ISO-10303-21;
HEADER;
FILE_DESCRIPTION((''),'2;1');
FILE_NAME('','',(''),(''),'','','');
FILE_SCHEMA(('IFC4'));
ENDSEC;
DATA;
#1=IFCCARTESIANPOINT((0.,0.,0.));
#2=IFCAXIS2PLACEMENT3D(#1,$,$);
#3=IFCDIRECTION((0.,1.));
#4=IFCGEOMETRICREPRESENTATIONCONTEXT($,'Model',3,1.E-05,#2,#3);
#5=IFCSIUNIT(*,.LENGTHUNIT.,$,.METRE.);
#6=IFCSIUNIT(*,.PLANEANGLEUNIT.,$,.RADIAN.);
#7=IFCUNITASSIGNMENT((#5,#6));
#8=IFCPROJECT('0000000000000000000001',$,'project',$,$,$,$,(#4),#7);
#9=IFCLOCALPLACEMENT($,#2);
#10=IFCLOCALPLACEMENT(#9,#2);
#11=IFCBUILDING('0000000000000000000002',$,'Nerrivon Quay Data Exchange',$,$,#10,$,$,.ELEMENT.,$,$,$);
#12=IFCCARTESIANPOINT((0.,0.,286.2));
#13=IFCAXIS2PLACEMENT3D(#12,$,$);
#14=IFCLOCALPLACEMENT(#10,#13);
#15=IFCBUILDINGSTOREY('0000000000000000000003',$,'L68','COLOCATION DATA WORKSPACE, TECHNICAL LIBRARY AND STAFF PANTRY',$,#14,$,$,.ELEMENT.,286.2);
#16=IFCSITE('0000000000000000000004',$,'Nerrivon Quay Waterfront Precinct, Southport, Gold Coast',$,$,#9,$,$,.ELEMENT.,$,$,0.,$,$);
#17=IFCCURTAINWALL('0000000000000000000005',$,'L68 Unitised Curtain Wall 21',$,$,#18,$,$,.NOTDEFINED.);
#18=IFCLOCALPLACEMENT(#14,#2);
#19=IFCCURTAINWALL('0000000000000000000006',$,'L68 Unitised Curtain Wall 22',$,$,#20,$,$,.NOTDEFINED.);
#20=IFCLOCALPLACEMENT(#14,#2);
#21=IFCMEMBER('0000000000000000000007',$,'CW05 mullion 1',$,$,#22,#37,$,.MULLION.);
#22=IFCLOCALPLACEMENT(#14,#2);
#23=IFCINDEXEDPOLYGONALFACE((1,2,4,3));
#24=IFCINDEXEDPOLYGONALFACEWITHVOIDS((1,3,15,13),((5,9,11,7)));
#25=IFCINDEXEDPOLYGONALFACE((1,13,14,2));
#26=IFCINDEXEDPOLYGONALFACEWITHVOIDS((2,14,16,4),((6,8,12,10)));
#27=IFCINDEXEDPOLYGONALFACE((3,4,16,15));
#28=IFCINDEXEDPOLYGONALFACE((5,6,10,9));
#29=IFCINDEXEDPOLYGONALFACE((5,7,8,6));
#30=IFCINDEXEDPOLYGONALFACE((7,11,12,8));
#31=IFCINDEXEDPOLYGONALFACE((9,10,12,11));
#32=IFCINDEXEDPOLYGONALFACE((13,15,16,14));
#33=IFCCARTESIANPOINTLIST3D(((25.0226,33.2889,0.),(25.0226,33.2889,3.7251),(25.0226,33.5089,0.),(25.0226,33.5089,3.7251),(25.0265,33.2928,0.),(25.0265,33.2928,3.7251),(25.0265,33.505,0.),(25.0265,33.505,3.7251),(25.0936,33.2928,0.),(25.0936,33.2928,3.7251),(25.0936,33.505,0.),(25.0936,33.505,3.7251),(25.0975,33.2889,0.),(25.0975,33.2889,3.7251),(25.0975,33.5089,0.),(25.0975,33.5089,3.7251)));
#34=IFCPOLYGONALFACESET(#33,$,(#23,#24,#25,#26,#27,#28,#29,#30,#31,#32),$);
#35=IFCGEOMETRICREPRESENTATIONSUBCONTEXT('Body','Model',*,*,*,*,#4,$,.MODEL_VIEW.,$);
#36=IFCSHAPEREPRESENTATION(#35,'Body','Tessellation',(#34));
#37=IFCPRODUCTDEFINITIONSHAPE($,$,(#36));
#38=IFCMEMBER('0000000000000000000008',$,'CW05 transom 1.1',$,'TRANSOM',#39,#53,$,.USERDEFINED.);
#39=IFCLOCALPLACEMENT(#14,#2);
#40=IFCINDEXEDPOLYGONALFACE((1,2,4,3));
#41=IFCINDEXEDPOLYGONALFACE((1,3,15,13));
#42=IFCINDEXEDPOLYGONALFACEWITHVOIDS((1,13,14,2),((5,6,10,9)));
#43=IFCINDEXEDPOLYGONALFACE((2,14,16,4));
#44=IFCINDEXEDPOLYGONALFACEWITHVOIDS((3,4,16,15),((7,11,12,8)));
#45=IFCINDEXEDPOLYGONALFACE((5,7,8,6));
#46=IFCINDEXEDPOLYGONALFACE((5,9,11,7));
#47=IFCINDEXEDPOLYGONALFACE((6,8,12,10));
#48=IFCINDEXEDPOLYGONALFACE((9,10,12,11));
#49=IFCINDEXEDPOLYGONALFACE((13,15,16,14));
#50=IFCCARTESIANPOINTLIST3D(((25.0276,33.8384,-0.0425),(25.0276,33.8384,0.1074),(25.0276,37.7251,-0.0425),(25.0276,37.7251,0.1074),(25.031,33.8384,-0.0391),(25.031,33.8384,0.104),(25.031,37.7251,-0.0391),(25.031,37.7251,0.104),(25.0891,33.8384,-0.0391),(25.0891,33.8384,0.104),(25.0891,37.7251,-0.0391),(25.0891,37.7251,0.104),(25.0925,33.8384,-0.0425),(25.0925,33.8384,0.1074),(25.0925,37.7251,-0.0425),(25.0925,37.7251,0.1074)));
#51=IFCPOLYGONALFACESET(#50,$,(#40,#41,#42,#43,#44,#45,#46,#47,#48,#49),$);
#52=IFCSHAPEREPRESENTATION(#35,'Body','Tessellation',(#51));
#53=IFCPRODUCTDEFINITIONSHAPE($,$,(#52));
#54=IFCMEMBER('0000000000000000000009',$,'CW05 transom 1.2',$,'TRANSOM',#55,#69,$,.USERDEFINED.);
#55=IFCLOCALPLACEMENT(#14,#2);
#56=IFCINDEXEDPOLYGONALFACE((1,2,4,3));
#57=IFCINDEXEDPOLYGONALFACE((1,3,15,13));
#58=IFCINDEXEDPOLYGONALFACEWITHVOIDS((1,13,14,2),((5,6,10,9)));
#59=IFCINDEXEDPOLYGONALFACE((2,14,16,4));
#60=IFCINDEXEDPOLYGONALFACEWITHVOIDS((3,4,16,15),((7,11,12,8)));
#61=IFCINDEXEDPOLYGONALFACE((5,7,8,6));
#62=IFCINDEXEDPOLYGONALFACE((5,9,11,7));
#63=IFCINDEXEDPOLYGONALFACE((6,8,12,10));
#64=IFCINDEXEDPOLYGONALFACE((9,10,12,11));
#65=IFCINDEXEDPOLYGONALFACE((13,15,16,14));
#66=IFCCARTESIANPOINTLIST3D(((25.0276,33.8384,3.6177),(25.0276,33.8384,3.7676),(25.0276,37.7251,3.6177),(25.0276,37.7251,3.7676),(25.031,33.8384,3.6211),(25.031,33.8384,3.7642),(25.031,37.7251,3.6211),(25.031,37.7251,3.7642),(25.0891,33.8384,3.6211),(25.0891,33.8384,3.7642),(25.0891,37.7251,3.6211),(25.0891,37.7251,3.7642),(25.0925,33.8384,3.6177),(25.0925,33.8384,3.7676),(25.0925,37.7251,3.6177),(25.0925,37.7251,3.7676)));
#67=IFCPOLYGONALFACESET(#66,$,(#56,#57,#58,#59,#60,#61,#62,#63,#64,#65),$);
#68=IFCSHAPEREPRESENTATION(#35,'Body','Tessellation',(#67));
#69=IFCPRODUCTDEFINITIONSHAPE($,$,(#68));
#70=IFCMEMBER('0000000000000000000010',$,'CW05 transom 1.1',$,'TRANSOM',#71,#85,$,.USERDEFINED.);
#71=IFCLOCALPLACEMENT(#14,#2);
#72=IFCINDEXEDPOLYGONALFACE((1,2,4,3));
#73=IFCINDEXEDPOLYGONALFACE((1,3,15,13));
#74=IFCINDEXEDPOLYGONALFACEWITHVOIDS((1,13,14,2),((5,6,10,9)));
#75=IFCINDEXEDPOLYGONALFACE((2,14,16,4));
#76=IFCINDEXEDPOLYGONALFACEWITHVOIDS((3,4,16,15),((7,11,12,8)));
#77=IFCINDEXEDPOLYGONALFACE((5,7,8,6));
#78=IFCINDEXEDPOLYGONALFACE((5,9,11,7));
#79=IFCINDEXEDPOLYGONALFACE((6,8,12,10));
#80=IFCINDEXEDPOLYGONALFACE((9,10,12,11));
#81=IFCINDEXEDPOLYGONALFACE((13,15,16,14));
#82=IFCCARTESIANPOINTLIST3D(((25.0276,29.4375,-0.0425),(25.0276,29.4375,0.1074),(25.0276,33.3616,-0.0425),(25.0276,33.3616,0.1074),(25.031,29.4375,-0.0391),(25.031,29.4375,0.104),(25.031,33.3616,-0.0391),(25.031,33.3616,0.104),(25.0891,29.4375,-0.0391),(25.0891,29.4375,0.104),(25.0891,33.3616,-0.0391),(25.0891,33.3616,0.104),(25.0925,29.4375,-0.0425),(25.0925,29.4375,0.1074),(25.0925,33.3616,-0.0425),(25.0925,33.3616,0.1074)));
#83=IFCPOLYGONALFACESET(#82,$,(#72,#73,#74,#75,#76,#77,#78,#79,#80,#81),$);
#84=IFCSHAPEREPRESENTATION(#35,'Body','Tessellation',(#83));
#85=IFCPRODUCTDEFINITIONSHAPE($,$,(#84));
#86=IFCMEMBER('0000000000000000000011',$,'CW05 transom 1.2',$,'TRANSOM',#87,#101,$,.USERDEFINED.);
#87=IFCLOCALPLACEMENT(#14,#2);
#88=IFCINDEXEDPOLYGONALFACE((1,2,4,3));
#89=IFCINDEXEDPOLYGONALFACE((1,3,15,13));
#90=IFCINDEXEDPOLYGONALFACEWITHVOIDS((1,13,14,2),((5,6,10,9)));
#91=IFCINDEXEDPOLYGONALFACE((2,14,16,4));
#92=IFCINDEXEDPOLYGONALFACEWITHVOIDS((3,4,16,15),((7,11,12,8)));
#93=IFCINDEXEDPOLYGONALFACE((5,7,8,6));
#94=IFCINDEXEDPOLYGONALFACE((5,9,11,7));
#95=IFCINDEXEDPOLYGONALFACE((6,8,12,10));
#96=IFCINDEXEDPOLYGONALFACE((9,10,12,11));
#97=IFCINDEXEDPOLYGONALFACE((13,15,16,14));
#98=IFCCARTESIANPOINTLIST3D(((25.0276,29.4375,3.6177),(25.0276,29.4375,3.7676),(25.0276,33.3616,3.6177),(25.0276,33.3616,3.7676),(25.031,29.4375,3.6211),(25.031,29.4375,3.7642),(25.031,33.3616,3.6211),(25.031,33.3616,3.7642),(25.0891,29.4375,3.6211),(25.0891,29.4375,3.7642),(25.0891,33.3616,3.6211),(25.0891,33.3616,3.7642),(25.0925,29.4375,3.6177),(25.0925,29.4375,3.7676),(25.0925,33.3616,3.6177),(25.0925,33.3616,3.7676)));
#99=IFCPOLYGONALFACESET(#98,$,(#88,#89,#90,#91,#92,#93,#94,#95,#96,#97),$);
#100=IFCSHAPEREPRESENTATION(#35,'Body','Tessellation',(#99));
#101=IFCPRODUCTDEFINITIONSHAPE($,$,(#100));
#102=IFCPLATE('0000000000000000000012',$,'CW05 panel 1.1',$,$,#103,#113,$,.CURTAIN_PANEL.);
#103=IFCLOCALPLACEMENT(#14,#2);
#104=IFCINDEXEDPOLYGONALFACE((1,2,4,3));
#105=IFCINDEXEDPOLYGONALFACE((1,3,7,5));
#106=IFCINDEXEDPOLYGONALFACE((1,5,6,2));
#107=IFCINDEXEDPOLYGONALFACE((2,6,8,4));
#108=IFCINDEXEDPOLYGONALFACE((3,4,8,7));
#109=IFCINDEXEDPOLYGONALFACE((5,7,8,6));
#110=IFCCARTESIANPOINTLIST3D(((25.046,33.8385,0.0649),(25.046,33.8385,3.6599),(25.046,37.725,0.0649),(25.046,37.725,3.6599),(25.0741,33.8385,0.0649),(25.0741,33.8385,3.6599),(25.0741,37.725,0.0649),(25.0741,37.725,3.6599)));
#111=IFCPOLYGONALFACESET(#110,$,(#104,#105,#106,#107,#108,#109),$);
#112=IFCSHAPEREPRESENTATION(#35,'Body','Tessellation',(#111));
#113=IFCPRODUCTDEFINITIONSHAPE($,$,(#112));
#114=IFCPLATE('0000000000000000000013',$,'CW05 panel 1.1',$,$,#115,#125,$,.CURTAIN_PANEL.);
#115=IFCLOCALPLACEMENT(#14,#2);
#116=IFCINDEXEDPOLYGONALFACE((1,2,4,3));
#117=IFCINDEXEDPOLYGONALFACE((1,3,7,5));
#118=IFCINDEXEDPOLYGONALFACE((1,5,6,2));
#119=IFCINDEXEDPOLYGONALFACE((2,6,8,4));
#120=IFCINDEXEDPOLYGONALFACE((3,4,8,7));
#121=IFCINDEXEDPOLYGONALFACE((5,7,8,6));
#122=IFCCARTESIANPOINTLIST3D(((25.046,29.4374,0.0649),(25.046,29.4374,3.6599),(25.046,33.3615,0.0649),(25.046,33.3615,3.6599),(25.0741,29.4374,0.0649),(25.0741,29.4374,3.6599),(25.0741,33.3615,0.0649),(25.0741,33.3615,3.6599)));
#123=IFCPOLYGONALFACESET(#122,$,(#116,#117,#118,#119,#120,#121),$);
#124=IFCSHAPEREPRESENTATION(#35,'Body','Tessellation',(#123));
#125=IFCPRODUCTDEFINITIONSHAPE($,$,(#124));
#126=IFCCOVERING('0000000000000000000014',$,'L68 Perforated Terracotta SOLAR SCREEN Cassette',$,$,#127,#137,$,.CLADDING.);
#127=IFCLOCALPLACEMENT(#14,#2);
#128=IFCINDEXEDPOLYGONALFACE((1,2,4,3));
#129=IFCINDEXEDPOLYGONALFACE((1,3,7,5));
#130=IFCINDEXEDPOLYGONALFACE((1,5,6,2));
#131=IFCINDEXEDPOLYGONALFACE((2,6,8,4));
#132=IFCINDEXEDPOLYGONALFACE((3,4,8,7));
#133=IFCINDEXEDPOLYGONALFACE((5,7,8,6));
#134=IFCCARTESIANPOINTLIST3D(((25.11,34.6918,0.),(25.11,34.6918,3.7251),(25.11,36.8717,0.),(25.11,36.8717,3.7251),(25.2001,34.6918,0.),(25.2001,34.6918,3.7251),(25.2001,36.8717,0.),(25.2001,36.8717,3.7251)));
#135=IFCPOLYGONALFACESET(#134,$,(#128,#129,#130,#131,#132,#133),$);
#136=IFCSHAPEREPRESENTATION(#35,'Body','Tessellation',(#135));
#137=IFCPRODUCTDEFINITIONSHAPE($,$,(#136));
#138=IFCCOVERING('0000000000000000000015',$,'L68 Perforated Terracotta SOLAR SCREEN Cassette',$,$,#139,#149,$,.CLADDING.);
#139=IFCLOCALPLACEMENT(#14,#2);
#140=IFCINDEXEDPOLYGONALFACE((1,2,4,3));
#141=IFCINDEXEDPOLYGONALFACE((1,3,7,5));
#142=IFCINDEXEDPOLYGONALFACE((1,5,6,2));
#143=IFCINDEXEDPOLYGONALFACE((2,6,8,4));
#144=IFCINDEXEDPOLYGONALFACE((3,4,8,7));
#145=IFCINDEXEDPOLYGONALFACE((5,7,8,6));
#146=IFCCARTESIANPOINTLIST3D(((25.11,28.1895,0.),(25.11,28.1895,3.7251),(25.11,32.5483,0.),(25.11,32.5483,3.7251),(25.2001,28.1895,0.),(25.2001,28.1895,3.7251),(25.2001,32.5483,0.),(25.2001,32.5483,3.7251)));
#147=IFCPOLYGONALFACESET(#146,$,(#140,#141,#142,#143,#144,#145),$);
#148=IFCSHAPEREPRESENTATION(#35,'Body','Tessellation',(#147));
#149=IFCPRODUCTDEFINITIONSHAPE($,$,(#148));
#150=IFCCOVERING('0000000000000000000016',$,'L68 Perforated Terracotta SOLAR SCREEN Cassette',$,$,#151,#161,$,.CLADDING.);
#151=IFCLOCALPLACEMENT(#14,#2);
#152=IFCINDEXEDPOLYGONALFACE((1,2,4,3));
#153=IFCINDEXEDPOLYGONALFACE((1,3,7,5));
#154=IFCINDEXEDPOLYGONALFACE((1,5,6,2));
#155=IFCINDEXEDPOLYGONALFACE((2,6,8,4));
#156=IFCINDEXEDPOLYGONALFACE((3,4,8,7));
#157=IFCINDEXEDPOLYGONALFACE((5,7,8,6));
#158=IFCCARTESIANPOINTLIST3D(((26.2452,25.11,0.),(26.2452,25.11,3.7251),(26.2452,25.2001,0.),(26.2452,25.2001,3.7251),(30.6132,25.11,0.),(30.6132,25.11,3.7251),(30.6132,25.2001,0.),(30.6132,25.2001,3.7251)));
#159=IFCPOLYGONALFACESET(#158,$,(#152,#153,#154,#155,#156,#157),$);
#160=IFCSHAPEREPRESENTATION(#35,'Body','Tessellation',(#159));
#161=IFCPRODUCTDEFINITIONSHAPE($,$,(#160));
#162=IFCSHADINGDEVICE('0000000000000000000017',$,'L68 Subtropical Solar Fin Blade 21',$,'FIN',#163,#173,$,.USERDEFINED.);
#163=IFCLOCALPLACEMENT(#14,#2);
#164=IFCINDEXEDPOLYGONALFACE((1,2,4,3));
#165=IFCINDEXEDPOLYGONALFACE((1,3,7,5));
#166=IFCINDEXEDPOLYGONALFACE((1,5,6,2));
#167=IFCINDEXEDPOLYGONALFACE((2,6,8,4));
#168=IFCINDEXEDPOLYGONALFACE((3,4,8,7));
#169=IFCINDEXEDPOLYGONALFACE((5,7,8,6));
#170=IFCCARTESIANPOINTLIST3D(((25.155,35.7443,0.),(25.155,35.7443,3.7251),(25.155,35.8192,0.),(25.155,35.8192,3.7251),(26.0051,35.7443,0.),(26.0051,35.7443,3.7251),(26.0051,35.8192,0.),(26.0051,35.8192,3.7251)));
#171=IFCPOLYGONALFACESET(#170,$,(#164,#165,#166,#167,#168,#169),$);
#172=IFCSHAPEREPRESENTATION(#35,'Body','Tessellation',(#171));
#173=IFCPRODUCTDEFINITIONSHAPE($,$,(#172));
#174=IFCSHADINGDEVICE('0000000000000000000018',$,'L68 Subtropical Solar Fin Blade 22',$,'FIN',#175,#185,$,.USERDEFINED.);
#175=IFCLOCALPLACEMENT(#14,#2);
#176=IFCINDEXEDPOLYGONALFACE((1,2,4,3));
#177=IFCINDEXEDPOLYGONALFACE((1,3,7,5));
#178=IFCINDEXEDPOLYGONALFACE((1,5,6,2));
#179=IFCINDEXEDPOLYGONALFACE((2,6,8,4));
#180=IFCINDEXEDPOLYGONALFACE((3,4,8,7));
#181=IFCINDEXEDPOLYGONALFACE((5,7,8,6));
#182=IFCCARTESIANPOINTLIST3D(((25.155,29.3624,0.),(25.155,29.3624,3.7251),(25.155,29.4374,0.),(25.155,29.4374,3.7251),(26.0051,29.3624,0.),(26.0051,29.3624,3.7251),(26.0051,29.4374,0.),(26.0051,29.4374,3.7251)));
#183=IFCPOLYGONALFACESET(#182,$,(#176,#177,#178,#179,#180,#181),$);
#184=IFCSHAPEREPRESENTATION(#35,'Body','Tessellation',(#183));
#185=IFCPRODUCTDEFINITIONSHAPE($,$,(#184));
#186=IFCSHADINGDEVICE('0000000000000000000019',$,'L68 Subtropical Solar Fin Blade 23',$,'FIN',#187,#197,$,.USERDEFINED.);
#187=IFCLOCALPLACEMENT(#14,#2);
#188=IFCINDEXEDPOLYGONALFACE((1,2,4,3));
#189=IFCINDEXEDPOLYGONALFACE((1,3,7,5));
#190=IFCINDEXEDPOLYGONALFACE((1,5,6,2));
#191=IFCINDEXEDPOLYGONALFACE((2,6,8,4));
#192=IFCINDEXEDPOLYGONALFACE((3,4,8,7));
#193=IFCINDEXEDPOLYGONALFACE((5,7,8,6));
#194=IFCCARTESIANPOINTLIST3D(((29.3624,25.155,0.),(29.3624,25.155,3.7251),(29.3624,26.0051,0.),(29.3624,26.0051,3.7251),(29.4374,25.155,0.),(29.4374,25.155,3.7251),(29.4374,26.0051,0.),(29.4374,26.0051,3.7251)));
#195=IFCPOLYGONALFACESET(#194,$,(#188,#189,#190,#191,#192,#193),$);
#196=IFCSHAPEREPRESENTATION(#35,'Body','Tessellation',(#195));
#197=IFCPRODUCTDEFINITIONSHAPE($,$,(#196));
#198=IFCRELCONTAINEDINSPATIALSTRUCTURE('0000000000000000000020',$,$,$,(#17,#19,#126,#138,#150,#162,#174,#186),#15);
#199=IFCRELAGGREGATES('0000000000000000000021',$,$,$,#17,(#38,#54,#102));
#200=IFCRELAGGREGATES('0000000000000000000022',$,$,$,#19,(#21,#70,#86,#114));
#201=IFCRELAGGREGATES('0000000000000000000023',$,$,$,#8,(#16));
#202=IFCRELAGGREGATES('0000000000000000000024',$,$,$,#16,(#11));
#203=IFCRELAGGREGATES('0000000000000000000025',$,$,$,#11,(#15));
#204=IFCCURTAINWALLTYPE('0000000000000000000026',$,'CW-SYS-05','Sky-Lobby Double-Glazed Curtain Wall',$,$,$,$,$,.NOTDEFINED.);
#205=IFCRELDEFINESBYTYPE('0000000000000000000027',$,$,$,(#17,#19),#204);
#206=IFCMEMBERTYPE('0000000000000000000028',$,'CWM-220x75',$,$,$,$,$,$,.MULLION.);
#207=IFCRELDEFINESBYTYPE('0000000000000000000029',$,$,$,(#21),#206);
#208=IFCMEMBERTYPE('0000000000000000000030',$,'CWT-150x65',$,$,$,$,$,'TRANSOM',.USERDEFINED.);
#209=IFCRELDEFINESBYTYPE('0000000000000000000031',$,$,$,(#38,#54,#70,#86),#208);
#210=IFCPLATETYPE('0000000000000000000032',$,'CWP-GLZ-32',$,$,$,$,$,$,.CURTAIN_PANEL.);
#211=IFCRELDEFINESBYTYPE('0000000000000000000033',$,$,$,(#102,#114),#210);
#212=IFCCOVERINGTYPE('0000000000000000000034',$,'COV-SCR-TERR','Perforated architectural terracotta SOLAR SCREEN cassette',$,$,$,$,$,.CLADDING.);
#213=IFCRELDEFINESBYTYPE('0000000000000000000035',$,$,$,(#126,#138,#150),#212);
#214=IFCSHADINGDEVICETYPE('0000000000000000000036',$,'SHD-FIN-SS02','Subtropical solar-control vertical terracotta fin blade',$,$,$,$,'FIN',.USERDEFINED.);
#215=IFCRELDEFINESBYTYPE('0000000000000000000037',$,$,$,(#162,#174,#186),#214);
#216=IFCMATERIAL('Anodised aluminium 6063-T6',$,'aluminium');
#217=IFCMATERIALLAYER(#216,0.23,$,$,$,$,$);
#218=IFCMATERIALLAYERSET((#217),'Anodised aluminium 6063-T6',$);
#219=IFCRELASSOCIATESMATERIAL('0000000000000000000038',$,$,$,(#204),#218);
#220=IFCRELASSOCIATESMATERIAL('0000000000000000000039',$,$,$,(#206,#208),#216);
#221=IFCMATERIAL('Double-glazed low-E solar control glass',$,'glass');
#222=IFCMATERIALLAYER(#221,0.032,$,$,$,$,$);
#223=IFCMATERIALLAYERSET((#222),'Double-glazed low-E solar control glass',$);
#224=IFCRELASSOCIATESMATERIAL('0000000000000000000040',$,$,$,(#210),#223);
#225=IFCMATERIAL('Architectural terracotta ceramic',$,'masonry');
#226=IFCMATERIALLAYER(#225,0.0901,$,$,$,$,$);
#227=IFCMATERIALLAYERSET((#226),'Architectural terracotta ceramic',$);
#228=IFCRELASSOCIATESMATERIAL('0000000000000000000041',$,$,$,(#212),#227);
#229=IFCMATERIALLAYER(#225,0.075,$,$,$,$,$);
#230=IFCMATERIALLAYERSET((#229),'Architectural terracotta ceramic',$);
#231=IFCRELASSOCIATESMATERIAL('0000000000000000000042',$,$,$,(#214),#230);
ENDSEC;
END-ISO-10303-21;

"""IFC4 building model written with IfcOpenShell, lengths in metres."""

from ifc_helpers import new_model, si_unit, direction, frame, origin, origin_2d, place, context, subcontext, project, spatial, rectangle, hollow_rectangle, extrude, material, layer, layer_set, material_profile, profile_set, type_object, element, aggregate, save


model = new_model("IFC4")

# Units and contexts
model_context = context("Model", 3, precision=1e-05, world=origin(), true_north=direction((0.0, 1.0)))
body_context = subcontext(model_context, "Body", "Model", "MODEL_VIEW")
ifc_project = project(units=[si_unit("LENGTHUNIT", "METRE"), si_unit("PLANEANGLEUNIT", "RADIAN")], contexts=[model_context])

# Site, building, storey
site_placement = place(None, origin())
site = spatial("IfcSite", under=ifc_project, at=site_placement, Name="Nerrivon Quay Waterfront Precinct, Southport, Gold Coast", CompositionType="ELEMENT", RefElevation=0.0)
building_placement = place(site_placement, origin())
building = spatial("IfcBuilding", under=site, at=building_placement, Name="Nerrivon Quay Data Exchange", CompositionType="ELEMENT")
storey_placement = place(building_placement, frame((0.0, 0.0, 286.2)))
storey = spatial("IfcBuildingStorey", under=building, at=storey_placement, Name="L68", Description="COLOCATION DATA WORKSPACE, TECHNICAL LIBRARY AND STAFF PANTRY", CompositionType="ELEMENT", Elevation=286.2)

# Shared definitions
ifc_material_1 = material(Name="Anodised aluminium 6063-T6", Category="aluminium")
ifc_layer_1 = layer(ifc_material_1, 0.23)
ifc_layer_set_1 = layer_set([ifc_layer_1], Name="Anodised aluminium 6063-T6")
curtain_wall_type = type_object("IfcCurtainWallType", Name="CW-SYS-05", Description="Sky-Lobby Double-Glazed Curtain Wall", PredefinedType="NOTDEFINED", material=ifc_layer_set_1)
ifc_material_profile_1 = material_profile(ifc_material_1, hollow_rectangle(XDim=0.075, YDim=0.22, WallThickness=0.0039, at=origin_2d()), Name="ALU-MULL-220x75")
ifc_profile_set_1 = profile_set([ifc_material_profile_1], Name="Anodised aluminium 6063-T6")
member_type_1 = type_object("IfcMemberType", Name="CWM-220x75", PredefinedType="MULLION", material=ifc_profile_set_1)

# Curtain wall
curtain_wall_1_placement = place(storey_placement, origin())
curtain_wall_1 = element("IfcCurtainWall", 1, at=curtain_wall_1_placement, inside=storey, type_object=curtain_wall_type, Name="L68 Unitised Curtain Wall 21", PredefinedType="NOTDEFINED")

# Curtain wall, member
curtain_wall_2_placement = place(storey_placement, origin())
curtain_wall_2 = element("IfcCurtainWall", 2, at=curtain_wall_2_placement, inside=storey, type_object=curtain_wall_type, Name="L68 Unitised Curtain Wall 22", PredefinedType="NOTDEFINED")
member_1_placement = place(storey_placement, frame((25.0601, 33.3989, 0.0), z_axis=(0.0, 0.0, 1.0), x_axis=(1.0, 0.0, 0.0)))
member_1 = element("IfcMember", 3, at=member_1_placement, type_object=member_type_1, Name="CW05 mullion 1", PredefinedType="MULLION", context=body_context, shape_type="SweptSolid", body=[
    extrude(hollow_rectangle(XDim=0.075, YDim=0.22, WallThickness=0.0039, at=origin_2d()), origin(), (0.0, 0.0, 1.0), 3.7251),
])

# Members
ifc_material_profile_2 = material_profile(ifc_material_1, hollow_rectangle(XDim=0.0649, YDim=0.1499, WallThickness=0.0034, at=origin_2d()), Name="ALU-TRAN-150x65")
ifc_profile_set_2 = profile_set([ifc_material_profile_2], Name="Anodised aluminium 6063-T6")
member_type_2 = type_object("IfcMemberType", Name="CWT-150x65", ElementType="TRANSOM", PredefinedType="USERDEFINED", material=ifc_profile_set_2)
member_2_placement = place(storey_placement, frame((25.0601, 37.7251, 0.0325), z_axis=(0.0, -1.0, 0.0), x_axis=(1.0, 0.0, 0.0)))
member_2 = element("IfcMember", 4, at=member_2_placement, type_object=member_type_2, Name="CW05 transom 1.1", ObjectType="TRANSOM", PredefinedType="USERDEFINED", context=body_context, shape_type="SweptSolid", body=[
    extrude(hollow_rectangle(XDim=0.0649, YDim=0.1499, WallThickness=0.0034, at=origin_2d()), origin(), (0.0, 0.0, 1.0), 3.8867),
])
member_3_placement = place(storey_placement, frame((25.0601, 37.7251, 3.6926), z_axis=(0.0, -1.0, 0.0), x_axis=(1.0, 0.0, 0.0)))
member_3 = element("IfcMember", 5, at=member_3_placement, type_object=member_type_2, Name="CW05 transom 1.2", ObjectType="TRANSOM", PredefinedType="USERDEFINED", context=body_context, shape_type="SweptSolid", body=[
    extrude(hollow_rectangle(XDim=0.0649, YDim=0.1499, WallThickness=0.0034, at=origin_2d()), origin(), (0.0, 0.0, 1.0), 3.8867),
])
member_4_placement = place(storey_placement, frame((25.0601, 33.3616, 0.0325), z_axis=(0.0, -1.0, 0.0), x_axis=(1.0, 0.0, 0.0)))
member_4 = element("IfcMember", 6, at=member_4_placement, type_object=member_type_2, Name="CW05 transom 1.1", ObjectType="TRANSOM", PredefinedType="USERDEFINED", context=body_context, shape_type="SweptSolid", body=[
    extrude(hollow_rectangle(XDim=0.0649, YDim=0.1499, WallThickness=0.0034, at=origin_2d()), origin(), (0.0, 0.0, 1.0), 3.9241),
])
member_5_placement = place(storey_placement, frame((25.0601, 33.3616, 3.6926), z_axis=(0.0, -1.0, 0.0), x_axis=(1.0, 0.0, 0.0)))
member_5 = element("IfcMember", 7, at=member_5_placement, type_object=member_type_2, Name="CW05 transom 1.2", ObjectType="TRANSOM", PredefinedType="USERDEFINED", context=body_context, shape_type="SweptSolid", body=[
    extrude(hollow_rectangle(XDim=0.0649, YDim=0.1499, WallThickness=0.0034, at=origin_2d()), origin(), (0.0, 0.0, 1.0), 3.9241),
])

# Plates
ifc_material_2 = material(Name="Double-glazed low-E solar control glass", Category="glass")
ifc_layer_2 = layer(ifc_material_2, 0.032)
ifc_layer_set_2 = layer_set([ifc_layer_2], Name="Double-glazed low-E solar control glass")
plate_type = type_object("IfcPlateType", Name="CWP-GLZ-32", PredefinedType="CURTAIN_PANEL", material=ifc_layer_set_2)
plate_1_placement = place(storey_placement, frame((25.0601, 35.7817, 0.0649), z_axis=(0.0, 0.0, 1.0), x_axis=(0.0, -1.0, 0.0)))
plate_1 = element("IfcPlate", 8, at=plate_1_placement, type_object=plate_type, Name="CW05 panel 1.1", PredefinedType="CURTAIN_PANEL", context=body_context, shape_type="SweptSolid", body=[
    extrude(rectangle(XDim=3.8865, YDim=0.0281, at=origin_2d()), origin(), (0.0, 0.0, 1.0), 3.595),
])
aggregate(curtain_wall_1, [member_2, member_3, plate_1])
plate_2_placement = place(storey_placement, frame((25.0601, 31.3994, 0.0649), z_axis=(0.0, 0.0, 1.0), x_axis=(0.0, -1.0, 0.0)))
plate_2 = element("IfcPlate", 9, at=plate_2_placement, type_object=plate_type, Name="CW05 panel 1.1", PredefinedType="CURTAIN_PANEL", context=body_context, shape_type="SweptSolid", body=[
    extrude(rectangle(XDim=3.9241, YDim=0.0281, at=origin_2d()), origin(), (0.0, 0.0, 1.0), 3.595),
])
aggregate(curtain_wall_2, [member_1, member_4, member_5, plate_2])

# Coverings
ifc_material_3 = material(Name="Architectural terracotta ceramic", Category="masonry")
ifc_layer_3 = layer(ifc_material_3, 0.0901)
ifc_layer_set_3 = layer_set([ifc_layer_3], Name="Architectural terracotta ceramic")
covering_type = type_object("IfcCoveringType", Name="COV-SCR-TERR", Description="Perforated architectural terracotta SOLAR SCREEN cassette", PredefinedType="CLADDING", material=ifc_layer_set_3)
covering_1_placement = place(storey_placement, frame((25.155, 35.7817, 0.0), z_axis=(0.0, 0.0, 1.0), x_axis=(0.0, -1.0, 0.0)))
element("IfcCovering", 10, at=covering_1_placement, inside=storey, type_object=covering_type, Name="L68 Perforated Terracotta SOLAR SCREEN Cassette", PredefinedType="CLADDING", context=body_context, shape_type="SweptSolid", body=[
    extrude(rectangle(XDim=2.1799, YDim=0.0901, at=origin_2d()), origin(), (0.0, 0.0, 1.0), 3.7251),
])
covering_2_placement = place(storey_placement, frame((25.155, 30.3689, 0.0), z_axis=(0.0, 0.0, 1.0), x_axis=(0.0, -1.0, 0.0)))
element("IfcCovering", 11, at=covering_2_placement, inside=storey, type_object=covering_type, Name="L68 Perforated Terracotta SOLAR SCREEN Cassette", PredefinedType="CLADDING", context=body_context, shape_type="SweptSolid", body=[
    extrude(rectangle(XDim=4.3589, YDim=0.0901, at=origin_2d()), origin(), (0.0, 0.0, 1.0), 3.7251),
])
covering_3_placement = place(storey_placement, frame((28.4292, 25.155, 0.0), z_axis=(0.0, 0.0, 1.0), x_axis=(1.0, 0.0, 0.0)))
element("IfcCovering", 12, at=covering_3_placement, inside=storey, type_object=covering_type, Name="L68 Perforated Terracotta SOLAR SCREEN Cassette", PredefinedType="CLADDING", context=body_context, shape_type="SweptSolid", body=[
    extrude(rectangle(XDim=4.3679, YDim=0.0901, at=origin_2d()), origin(), (0.0, 0.0, 1.0), 3.7251),
])

# Shading devices
ifc_layer_4 = layer(ifc_material_3, 0.075)
ifc_layer_set_4 = layer_set([ifc_layer_4], Name="Architectural terracotta ceramic")
shading_device_type_1 = type_object("IfcShadingDeviceType", Name="SHD-FIN-SS02", Description="Subtropical solar-control vertical terracotta fin blade", ElementType="FIN", PredefinedType="USERDEFINED", material=ifc_layer_set_4)
for number, where, z_axis, x_axis, name in (
    (13, (25.5801, 35.7817, 0.0), (0.0, 0.0, 1.0), (0.0, -1.0, 0.0), "L68 Subtropical Solar Fin Blade 21"),
    (14, (25.5801, 29.3999, 0.0), (0.0, 0.0, 1.0), (0.0, -1.0, 0.0), "L68 Subtropical Solar Fin Blade 22"),
    (15, (29.3999, 25.5801, 0.0), (0.0, 0.0, 1.0), (1.0, 0.0, 0.0), "L68 Subtropical Solar Fin Blade 23"),
):
    element("IfcShadingDevice", number, at=place(storey_placement, frame(where, z_axis=z_axis, x_axis=x_axis)), inside=storey, type_object=shading_device_type_1, Name=name, ObjectType="FIN", PredefinedType="USERDEFINED", context=body_context, shape_type="SweptSolid", body=[
        extrude(rectangle(XDim=0.075, YDim=0.8501, at=origin_2d()), origin(), (0.0, 0.0, 1.0), 3.7251),
    ])

save(model, "model.ifc")
